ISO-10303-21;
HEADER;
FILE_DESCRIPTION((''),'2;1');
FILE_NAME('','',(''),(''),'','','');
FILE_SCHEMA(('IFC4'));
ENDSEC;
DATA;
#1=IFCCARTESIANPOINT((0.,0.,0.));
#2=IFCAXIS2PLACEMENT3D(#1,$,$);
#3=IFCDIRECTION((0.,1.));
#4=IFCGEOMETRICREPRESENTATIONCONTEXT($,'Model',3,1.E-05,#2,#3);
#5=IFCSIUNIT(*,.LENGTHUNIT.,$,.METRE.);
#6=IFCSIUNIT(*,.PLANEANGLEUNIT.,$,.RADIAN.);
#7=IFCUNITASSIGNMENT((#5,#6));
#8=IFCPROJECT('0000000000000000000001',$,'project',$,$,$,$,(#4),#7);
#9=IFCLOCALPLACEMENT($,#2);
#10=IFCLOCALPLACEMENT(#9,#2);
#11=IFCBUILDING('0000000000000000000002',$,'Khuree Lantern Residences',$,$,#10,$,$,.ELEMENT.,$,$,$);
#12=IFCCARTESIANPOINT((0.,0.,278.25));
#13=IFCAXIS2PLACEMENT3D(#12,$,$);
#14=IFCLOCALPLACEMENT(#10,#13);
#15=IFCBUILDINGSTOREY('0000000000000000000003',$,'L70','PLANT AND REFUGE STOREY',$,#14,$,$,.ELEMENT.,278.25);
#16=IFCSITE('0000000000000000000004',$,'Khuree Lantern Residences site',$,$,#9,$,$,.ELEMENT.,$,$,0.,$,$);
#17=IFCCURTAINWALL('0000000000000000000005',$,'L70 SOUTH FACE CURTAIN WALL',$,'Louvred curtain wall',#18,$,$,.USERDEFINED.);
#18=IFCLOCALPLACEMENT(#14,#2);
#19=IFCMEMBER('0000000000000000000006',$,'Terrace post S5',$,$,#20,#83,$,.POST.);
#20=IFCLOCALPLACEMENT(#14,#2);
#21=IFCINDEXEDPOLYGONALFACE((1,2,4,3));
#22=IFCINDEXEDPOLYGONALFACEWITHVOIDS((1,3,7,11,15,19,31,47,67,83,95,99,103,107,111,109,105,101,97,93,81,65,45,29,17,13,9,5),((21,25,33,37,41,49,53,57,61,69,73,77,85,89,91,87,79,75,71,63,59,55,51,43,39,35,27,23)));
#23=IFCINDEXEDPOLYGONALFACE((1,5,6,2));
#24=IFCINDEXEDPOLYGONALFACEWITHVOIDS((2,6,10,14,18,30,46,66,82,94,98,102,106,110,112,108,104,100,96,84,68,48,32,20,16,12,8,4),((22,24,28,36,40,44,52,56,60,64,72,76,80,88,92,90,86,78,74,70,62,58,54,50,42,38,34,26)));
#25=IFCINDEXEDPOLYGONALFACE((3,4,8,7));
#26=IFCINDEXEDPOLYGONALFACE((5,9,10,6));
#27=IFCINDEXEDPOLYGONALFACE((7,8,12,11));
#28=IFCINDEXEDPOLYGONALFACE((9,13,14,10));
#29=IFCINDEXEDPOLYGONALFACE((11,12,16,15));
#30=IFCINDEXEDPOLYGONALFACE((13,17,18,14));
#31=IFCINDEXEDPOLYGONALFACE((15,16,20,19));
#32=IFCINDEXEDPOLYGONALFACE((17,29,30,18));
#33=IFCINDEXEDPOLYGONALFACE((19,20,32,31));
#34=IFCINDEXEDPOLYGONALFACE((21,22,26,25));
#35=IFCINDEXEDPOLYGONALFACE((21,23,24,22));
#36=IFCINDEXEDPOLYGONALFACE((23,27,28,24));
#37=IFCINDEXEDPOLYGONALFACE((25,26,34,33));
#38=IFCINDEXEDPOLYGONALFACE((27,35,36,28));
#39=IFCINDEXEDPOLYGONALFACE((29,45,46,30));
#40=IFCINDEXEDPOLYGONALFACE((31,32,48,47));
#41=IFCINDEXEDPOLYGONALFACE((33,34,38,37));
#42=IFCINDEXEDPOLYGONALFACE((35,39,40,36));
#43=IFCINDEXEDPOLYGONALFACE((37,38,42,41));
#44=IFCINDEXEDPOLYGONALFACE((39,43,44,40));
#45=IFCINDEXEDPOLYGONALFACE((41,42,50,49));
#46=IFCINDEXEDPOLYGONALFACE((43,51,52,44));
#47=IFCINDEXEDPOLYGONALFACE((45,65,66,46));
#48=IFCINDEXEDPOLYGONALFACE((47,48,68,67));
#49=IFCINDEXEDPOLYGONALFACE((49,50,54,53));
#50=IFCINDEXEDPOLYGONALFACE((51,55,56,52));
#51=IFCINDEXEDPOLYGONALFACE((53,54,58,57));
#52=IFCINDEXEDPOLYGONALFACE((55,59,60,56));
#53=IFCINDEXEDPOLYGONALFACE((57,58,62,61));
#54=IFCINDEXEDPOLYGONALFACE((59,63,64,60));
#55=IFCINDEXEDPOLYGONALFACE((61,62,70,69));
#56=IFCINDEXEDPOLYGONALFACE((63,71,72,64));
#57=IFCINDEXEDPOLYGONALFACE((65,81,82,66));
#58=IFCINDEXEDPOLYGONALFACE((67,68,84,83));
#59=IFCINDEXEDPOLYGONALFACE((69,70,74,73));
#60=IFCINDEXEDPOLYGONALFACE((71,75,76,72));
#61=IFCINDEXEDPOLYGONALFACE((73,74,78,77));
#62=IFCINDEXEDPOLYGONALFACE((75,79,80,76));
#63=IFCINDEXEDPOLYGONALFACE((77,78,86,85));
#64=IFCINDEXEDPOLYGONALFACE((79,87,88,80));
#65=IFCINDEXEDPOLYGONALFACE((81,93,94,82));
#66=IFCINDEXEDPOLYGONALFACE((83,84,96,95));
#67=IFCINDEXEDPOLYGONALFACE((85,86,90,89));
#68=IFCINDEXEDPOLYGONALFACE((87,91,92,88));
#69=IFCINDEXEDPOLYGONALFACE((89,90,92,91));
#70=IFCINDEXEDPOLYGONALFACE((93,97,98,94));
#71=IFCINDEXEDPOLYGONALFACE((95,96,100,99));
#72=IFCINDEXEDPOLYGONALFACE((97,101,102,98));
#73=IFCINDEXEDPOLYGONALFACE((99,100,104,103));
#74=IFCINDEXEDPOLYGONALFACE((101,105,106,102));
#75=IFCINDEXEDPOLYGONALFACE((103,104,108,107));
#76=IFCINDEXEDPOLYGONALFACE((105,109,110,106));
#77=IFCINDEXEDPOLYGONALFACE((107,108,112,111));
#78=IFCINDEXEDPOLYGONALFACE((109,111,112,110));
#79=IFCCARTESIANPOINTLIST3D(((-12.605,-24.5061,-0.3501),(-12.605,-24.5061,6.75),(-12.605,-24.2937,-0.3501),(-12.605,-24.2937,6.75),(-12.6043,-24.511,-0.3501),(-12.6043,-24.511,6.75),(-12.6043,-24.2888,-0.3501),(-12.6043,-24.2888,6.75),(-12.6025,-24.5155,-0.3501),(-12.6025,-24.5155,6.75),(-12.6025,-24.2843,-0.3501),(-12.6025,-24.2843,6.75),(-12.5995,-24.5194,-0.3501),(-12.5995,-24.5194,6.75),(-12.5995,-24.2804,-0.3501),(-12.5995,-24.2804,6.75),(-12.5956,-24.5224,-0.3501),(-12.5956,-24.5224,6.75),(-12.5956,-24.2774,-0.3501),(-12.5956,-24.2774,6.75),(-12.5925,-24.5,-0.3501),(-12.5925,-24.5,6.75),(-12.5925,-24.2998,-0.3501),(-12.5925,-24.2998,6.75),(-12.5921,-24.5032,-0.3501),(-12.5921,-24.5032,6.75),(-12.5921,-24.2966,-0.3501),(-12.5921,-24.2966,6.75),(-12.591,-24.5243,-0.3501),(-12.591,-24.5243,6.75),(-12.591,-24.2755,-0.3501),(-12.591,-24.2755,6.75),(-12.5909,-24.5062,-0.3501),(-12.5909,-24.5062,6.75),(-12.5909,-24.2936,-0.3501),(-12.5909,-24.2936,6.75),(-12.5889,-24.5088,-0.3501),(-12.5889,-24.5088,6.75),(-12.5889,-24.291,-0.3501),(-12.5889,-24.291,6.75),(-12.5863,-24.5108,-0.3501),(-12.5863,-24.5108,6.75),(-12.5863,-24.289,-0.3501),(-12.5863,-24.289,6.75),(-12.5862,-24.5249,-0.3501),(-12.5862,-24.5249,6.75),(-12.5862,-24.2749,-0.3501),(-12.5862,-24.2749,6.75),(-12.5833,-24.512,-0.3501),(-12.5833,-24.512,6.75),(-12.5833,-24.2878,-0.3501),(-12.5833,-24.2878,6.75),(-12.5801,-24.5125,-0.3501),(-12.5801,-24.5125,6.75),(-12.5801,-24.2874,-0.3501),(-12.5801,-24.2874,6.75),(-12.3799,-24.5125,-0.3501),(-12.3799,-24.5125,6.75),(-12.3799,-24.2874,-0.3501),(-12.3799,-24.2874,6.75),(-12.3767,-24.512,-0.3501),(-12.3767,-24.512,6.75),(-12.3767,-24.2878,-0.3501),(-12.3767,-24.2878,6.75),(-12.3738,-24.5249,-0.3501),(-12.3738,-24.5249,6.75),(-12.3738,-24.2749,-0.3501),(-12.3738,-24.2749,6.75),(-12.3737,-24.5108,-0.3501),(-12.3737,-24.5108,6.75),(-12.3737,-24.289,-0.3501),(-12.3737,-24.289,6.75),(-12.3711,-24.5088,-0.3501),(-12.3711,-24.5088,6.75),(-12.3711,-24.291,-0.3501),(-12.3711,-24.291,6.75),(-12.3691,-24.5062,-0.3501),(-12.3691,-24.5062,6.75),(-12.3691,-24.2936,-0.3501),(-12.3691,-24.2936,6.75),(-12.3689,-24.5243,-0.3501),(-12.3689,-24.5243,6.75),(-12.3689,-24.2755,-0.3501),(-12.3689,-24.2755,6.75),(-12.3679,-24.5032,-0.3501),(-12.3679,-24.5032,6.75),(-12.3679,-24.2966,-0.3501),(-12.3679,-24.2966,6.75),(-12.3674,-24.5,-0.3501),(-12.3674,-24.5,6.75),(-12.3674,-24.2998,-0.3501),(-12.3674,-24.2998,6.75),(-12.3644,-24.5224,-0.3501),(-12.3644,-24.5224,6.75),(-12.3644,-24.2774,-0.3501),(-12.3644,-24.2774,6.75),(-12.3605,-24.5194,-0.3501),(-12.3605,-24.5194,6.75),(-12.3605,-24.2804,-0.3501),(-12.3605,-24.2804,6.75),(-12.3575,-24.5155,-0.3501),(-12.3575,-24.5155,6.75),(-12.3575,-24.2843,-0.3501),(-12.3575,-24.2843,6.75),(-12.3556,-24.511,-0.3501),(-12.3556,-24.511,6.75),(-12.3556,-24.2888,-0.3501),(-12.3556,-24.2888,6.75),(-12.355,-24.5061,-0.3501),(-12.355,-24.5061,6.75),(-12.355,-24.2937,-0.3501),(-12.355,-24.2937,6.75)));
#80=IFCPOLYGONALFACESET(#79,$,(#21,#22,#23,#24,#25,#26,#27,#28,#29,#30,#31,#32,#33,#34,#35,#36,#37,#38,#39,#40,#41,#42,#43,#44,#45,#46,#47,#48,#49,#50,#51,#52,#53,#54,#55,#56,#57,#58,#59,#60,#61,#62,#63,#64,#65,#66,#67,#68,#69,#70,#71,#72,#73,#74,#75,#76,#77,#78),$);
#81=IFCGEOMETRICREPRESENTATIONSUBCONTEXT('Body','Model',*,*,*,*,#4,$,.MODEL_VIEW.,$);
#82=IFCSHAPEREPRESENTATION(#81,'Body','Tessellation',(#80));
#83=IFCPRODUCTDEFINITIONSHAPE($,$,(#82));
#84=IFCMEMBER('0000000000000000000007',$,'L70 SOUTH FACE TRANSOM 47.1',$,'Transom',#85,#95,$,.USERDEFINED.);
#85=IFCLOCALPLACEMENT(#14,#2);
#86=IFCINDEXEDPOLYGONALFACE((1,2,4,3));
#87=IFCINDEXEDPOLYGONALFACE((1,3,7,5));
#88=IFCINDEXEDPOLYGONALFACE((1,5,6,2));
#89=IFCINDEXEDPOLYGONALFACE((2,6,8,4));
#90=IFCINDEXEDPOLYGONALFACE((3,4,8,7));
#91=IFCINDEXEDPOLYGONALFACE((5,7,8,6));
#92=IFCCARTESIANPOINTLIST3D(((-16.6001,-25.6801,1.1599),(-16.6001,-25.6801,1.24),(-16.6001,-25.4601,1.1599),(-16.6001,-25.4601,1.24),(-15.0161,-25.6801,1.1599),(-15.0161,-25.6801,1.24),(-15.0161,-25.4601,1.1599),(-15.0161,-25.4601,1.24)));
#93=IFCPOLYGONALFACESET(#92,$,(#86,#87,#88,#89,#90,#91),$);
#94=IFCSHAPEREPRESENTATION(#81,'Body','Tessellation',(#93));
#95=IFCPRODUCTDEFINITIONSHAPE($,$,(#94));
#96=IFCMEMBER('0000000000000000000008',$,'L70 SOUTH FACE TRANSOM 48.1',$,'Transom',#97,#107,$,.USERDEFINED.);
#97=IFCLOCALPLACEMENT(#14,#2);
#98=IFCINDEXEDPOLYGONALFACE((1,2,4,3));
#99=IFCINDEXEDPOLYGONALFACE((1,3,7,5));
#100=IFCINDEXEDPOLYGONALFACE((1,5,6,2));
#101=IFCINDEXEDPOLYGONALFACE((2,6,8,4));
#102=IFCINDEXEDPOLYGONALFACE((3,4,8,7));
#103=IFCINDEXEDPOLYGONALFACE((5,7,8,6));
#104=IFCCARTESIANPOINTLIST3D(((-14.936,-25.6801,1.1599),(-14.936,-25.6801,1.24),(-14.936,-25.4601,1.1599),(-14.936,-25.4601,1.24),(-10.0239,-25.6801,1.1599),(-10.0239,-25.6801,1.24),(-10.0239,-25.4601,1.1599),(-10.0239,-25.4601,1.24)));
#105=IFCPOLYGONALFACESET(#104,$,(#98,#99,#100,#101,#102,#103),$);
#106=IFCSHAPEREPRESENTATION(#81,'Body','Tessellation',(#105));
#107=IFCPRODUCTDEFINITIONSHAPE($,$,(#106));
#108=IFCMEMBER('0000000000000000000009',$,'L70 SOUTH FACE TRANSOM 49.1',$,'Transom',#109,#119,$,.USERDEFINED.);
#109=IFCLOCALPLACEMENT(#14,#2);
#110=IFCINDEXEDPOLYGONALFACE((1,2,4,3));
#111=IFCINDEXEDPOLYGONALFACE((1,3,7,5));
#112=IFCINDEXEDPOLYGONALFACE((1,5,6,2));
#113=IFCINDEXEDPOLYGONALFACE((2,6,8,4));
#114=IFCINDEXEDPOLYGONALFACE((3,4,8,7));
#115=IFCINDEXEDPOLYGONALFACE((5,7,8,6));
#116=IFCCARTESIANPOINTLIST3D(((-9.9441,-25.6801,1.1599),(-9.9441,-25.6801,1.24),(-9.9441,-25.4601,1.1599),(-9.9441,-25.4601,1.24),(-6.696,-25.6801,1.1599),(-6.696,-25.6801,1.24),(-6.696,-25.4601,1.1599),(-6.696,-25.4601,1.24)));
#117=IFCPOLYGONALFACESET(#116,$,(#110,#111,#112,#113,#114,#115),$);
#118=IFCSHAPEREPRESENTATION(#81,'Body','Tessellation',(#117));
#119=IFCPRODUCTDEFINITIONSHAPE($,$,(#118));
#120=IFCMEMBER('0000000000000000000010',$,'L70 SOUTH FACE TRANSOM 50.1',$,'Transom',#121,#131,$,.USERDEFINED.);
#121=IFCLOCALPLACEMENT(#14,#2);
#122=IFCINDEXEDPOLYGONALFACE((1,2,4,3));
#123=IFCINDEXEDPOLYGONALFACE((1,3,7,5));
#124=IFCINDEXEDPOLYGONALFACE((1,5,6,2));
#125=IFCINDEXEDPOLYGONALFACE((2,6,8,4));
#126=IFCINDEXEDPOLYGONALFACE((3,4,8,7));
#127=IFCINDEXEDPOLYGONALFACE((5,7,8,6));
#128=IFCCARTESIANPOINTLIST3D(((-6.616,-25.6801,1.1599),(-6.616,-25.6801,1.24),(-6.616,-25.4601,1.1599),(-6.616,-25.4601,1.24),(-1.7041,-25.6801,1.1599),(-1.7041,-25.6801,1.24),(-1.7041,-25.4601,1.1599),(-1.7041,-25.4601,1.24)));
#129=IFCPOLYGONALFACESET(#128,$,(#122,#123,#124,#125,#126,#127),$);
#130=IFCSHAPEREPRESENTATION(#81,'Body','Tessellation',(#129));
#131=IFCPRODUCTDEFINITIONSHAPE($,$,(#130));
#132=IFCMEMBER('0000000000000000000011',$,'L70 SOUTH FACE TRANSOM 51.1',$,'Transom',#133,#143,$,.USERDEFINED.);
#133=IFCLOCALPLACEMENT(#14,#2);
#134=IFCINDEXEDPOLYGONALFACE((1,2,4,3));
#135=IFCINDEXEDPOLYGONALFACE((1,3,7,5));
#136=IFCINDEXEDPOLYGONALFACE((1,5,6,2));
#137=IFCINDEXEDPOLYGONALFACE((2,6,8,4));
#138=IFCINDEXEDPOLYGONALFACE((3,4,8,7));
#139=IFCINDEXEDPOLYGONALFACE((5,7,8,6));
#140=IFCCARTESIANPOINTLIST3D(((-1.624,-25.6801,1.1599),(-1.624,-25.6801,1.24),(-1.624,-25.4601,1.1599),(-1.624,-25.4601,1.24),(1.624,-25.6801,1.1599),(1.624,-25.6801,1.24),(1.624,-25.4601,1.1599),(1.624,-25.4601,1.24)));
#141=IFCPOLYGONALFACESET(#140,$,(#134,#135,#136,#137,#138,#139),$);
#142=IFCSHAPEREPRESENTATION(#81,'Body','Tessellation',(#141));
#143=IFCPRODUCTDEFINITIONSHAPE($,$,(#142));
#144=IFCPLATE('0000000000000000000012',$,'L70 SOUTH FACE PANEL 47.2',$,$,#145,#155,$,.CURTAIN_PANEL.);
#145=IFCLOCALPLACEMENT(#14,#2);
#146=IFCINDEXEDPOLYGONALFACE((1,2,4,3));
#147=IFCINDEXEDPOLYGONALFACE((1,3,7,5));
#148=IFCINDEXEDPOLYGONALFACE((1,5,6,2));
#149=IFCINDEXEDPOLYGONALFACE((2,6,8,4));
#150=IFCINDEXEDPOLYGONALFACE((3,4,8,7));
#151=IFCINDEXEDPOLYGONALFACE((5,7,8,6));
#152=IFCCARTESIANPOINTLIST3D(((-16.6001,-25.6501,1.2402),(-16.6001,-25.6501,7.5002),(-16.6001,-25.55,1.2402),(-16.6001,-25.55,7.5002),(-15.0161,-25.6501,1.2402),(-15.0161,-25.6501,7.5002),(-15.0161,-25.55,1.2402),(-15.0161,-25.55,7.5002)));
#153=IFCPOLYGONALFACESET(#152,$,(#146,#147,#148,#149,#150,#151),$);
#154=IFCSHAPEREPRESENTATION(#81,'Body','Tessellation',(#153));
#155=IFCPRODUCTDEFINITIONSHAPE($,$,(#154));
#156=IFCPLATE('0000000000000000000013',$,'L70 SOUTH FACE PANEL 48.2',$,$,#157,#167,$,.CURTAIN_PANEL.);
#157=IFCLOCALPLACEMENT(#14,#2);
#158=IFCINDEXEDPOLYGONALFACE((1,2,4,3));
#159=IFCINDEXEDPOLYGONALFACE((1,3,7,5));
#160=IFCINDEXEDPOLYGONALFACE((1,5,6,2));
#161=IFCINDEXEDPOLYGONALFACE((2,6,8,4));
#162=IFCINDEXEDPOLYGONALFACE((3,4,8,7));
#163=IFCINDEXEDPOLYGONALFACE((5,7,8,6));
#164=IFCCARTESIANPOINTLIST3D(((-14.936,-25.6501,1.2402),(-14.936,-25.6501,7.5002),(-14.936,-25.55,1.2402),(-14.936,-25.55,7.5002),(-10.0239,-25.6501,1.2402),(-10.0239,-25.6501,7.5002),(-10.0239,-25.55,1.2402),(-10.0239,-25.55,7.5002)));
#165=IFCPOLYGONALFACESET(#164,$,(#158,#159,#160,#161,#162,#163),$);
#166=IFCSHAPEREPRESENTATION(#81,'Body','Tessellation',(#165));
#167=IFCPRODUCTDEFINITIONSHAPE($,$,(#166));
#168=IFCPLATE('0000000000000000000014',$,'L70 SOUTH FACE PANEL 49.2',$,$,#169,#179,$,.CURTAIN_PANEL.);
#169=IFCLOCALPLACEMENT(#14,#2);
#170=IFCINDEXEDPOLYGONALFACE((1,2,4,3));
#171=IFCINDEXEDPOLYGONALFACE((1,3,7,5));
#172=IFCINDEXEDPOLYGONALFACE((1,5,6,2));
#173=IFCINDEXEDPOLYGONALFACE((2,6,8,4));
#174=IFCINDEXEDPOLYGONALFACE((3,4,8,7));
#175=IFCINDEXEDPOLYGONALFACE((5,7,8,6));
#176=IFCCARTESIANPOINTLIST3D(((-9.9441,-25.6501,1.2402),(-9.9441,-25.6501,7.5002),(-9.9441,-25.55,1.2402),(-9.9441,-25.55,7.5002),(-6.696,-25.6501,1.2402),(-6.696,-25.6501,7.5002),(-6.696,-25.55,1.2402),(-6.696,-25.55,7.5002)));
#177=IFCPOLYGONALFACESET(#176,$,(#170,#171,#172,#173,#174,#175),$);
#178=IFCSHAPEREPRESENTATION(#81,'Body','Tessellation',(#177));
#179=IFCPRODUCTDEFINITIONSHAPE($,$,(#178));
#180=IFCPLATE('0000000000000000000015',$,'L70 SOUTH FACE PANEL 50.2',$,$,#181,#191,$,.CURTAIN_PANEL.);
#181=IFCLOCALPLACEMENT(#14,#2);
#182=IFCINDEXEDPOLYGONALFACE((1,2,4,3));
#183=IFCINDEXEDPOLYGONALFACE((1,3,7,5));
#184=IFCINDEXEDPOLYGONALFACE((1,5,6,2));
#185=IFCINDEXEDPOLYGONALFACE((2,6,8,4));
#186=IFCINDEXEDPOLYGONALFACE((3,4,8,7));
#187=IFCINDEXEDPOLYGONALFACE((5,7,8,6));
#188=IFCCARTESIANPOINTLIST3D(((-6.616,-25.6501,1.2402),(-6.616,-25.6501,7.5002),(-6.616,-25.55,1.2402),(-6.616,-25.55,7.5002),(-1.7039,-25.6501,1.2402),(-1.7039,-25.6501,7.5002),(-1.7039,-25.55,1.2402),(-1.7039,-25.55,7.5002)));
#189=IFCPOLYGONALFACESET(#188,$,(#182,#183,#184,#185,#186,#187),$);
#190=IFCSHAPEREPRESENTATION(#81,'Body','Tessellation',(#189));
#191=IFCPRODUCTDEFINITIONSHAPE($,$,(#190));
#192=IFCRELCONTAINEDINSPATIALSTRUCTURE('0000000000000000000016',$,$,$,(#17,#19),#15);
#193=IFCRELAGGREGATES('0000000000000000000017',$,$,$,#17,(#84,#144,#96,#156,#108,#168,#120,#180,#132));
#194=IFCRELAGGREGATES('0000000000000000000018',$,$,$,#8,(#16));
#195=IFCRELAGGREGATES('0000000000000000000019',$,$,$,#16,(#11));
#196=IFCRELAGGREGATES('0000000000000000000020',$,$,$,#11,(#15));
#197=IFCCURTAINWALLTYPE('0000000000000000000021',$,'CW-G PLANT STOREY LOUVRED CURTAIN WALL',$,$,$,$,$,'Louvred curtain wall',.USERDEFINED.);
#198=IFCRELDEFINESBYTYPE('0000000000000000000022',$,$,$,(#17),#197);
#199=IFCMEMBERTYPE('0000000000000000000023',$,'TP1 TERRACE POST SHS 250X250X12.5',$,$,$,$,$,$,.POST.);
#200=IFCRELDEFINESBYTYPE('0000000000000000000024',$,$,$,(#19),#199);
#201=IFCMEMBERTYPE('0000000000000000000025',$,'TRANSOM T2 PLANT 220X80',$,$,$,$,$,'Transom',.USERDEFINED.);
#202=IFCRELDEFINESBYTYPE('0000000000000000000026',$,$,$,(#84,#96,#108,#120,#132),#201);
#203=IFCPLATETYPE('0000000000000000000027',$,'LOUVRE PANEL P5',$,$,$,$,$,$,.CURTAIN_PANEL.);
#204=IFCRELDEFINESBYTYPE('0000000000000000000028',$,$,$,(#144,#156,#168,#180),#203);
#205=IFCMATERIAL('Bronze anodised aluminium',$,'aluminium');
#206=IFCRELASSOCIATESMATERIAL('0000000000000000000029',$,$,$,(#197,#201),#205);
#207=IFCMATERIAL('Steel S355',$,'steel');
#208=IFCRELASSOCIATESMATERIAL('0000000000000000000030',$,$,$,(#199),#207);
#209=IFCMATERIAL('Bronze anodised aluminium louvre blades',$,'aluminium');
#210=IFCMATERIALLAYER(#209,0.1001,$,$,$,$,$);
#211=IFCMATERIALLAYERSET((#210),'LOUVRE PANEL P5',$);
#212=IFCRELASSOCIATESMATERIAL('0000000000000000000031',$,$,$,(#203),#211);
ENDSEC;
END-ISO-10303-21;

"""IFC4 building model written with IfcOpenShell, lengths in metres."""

from ifc_helpers import new_model, si_unit, direction, frame, origin, origin_2d, place, context, subcontext, project, spatial, rectangle, hollow_rectangle, extrude, material, layer, layer_set, material_profile, profile_set, type_object, element, aggregate, save


model = new_model("IFC4")

# Units and contexts
model_context = context("Model", 3, precision=1e-05, world=origin(), true_north=direction((0.0, 1.0)))
body_context = subcontext(model_context, "Body", "Model", "MODEL_VIEW")
ifc_project = project(units=[si_unit("LENGTHUNIT", "METRE"), si_unit("PLANEANGLEUNIT", "RADIAN")], contexts=[model_context])

# Site, building, storey
site_placement = place(None, origin())
site = spatial("IfcSite", under=ifc_project, at=site_placement, Name="Khuree Lantern Residences site", CompositionType="ELEMENT", RefElevation=0.0)
building_placement = place(site_placement, origin())
building = spatial("IfcBuilding", under=site, at=building_placement, Name="Khuree Lantern Residences", CompositionType="ELEMENT")
storey_placement = place(building_placement, frame((0.0, 0.0, 278.25)))
storey = spatial("IfcBuildingStorey", under=building, at=storey_placement, Name="L70", Description="PLANT AND REFUGE STOREY", CompositionType="ELEMENT", Elevation=278.25)

# Shared definitions
ifc_material_1 = material(Name="Steel S355", Category="steel")

# Curtain wall
ifc_material_2 = material(Name="Bronze anodised aluminium", Category="aluminium")
curtain_wall_type = type_object("IfcCurtainWallType", Name="CW-G PLANT STOREY LOUVRED CURTAIN WALL", ElementType="Louvred curtain wall", PredefinedType="USERDEFINED", material=ifc_material_2)
curtain_wall_placement = place(storey_placement, origin())
curtain_wall = element("IfcCurtainWall", 1, at=curtain_wall_placement, inside=storey, type_object=curtain_wall_type, Name="L70 SOUTH FACE CURTAIN WALL", ObjectType="Louvred curtain wall", PredefinedType="USERDEFINED")

# Member
ifc_material_profile_1 = material_profile(ifc_material_1, hollow_rectangle(XDim=0.25, YDim=0.25, WallThickness=0.0125, InnerFilletRadius=0.0125, OuterFilletRadius=0.0188, at=origin_2d()), Name="SHS 250X250X12.5")
ifc_profile_set_1 = profile_set([ifc_material_profile_1], Name="Steel S355")
member_type_1 = type_object("IfcMemberType", Name="TP1 TERRACE POST SHS 250X250X12.5", PredefinedType="POST", material=ifc_profile_set_1)
for number, where, z_axis, x_axis, name in (
    (2, (-12.48, -24.3999, -0.3501), (0.0, 0.0, 1.0), (1.0, 0.0, 0.0), "Terrace post S5"),
):
    element("IfcMember", number, at=place(storey_placement, frame(where, z_axis=z_axis, x_axis=x_axis)), inside=storey, type_object=member_type_1, Name=name, PredefinedType="POST", context=body_context, shape_type="SweptSolid", body=[
        extrude(hollow_rectangle(XDim=0.25, YDim=0.25, WallThickness=0.0125, InnerFilletRadius=0.0125, OuterFilletRadius=0.0188, at=origin_2d()), origin(), (0.0, 0.0, 1.0), 7.1001),
    ])

# Members
ifc_material_profile_2 = material_profile(ifc_material_2, rectangle(XDim=0.22, YDim=0.0801, at=origin_2d()), Name="T2 220X80")
ifc_profile_set_2 = profile_set([ifc_material_profile_2], Name="Bronze anodised aluminium")
member_type_2 = type_object("IfcMemberType", Name="TRANSOM T2 PLANT 220X80", ElementType="Transom", PredefinedType="USERDEFINED", material=ifc_profile_set_2)
member_1_placement = place(storey_placement, frame((-16.6001, -25.5701, 1.2), z_axis=(1.0, 0.0, 0.0), x_axis=(0.0, 1.0, 0.0)))
member_1 = element("IfcMember", 3, at=member_1_placement, type_object=member_type_2, Name="L70 SOUTH FACE TRANSOM 47.1", ObjectType="Transom", PredefinedType="USERDEFINED", context=body_context, shape_type="SweptSolid", body=[
    extrude(rectangle(XDim=0.22, YDim=0.0801, at=origin_2d()), origin(), (0.0, 0.0, 1.0), 1.584),
])
member_2_placement = place(storey_placement, frame((-14.936, -25.5701, 1.2), z_axis=(1.0, 0.0, 0.0), x_axis=(0.0, 1.0, 0.0)))
member_2 = element("IfcMember", 4, at=member_2_placement, type_object=member_type_2, Name="L70 SOUTH FACE TRANSOM 48.1", ObjectType="Transom", PredefinedType="USERDEFINED", context=body_context, shape_type="SweptSolid", body=[
    extrude(rectangle(XDim=0.22, YDim=0.0801, at=origin_2d()), origin(), (0.0, 0.0, 1.0), 4.9121),
])
member_3_placement = place(storey_placement, frame((-9.9441, -25.5701, 1.2), z_axis=(1.0, 0.0, 0.0), x_axis=(0.0, 1.0, 0.0)))
member_3 = element("IfcMember", 5, at=member_3_placement, type_object=member_type_2, Name="L70 SOUTH FACE TRANSOM 49.1", ObjectType="Transom", PredefinedType="USERDEFINED", context=body_context, shape_type="SweptSolid", body=[
    extrude(rectangle(XDim=0.22, YDim=0.0801, at=origin_2d()), origin(), (0.0, 0.0, 1.0), 3.248),
])
member_4_placement = place(storey_placement, frame((-6.616, -25.5701, 1.2), z_axis=(1.0, 0.0, 0.0), x_axis=(0.0, 1.0, 0.0)))
member_4 = element("IfcMember", 6, at=member_4_placement, type_object=member_type_2, Name="L70 SOUTH FACE TRANSOM 50.1", ObjectType="Transom", PredefinedType="USERDEFINED", context=body_context, shape_type="SweptSolid", body=[
    extrude(rectangle(XDim=0.22, YDim=0.0801, at=origin_2d()), origin(), (0.0, 0.0, 1.0), 4.9119),
])
member_5_placement = place(storey_placement, frame((-1.624, -25.5701, 1.2), z_axis=(1.0, 0.0, 0.0), x_axis=(0.0, 1.0, 0.0)))
member_5 = element("IfcMember", 7, at=member_5_placement, type_object=member_type_2, Name="L70 SOUTH FACE TRANSOM 51.1", ObjectType="Transom", PredefinedType="USERDEFINED", context=body_context, shape_type="SweptSolid", body=[
    extrude(rectangle(XDim=0.22, YDim=0.0801, at=origin_2d()), origin(), (0.0, 0.0, 1.0), 3.248),
])

# Plates
ifc_material_3 = material(Name="Bronze anodised aluminium louvre blades", Category="aluminium")
ifc_layer_1 = layer(ifc_material_3, 0.1001)
ifc_layer_set_1 = layer_set([ifc_layer_1], Name="LOUVRE PANEL P5")
plate_type_1 = type_object("IfcPlateType", Name="LOUVRE PANEL P5", PredefinedType="CURTAIN_PANEL", material=ifc_layer_set_1)
plate_1_placement = place(storey_placement, frame((-15.8081, -25.6001, 1.2402), z_axis=(0.0, 0.0, 1.0), x_axis=(1.0, 0.0, 0.0)))
plate_1 = element("IfcPlate", 8, at=plate_1_placement, type_object=plate_type_1, Name="L70 SOUTH FACE PANEL 47.2", PredefinedType="CURTAIN_PANEL", context=body_context, shape_type="SweptSolid", body=[
    extrude(rectangle(XDim=1.584, YDim=0.1001, at=origin_2d()), origin(), (0.0, 0.0, 1.0), 6.26),
])
plate_2_placement = place(storey_placement, frame((-12.48, -25.6001, 1.2402), z_axis=(0.0, 0.0, 1.0), x_axis=(1.0, 0.0, 0.0)))
plate_2 = element("IfcPlate", 9, at=plate_2_placement, type_object=plate_type_1, Name="L70 SOUTH FACE PANEL 48.2", PredefinedType="CURTAIN_PANEL", context=body_context, shape_type="SweptSolid", body=[
    extrude(rectangle(XDim=4.9121, YDim=0.1001, at=origin_2d()), origin(), (0.0, 0.0, 1.0), 6.26),
])
plate_3_placement = place(storey_placement, frame((-8.3201, -25.6001, 1.2402), z_axis=(0.0, 0.0, 1.0), x_axis=(1.0, 0.0, 0.0)))
plate_3 = element("IfcPlate", 10, at=plate_3_placement, type_object=plate_type_1, Name="L70 SOUTH FACE PANEL 49.2", PredefinedType="CURTAIN_PANEL", context=body_context, shape_type="SweptSolid", body=[
    extrude(rectangle(XDim=3.248, YDim=0.1001, at=origin_2d()), origin(), (0.0, 0.0, 1.0), 6.26),
])
plate_4_placement = place(storey_placement, frame((-4.1599, -25.6001, 1.2402), z_axis=(0.0, 0.0, 1.0), x_axis=(1.0, 0.0, 0.0)))
plate_4 = element("IfcPlate", 11, at=plate_4_placement, type_object=plate_type_1, Name="L70 SOUTH FACE PANEL 50.2", PredefinedType="CURTAIN_PANEL", context=body_context, shape_type="SweptSolid", body=[
    extrude(rectangle(XDim=4.9121, YDim=0.1001, at=origin_2d()), origin(), (0.0, 0.0, 1.0), 6.26),
])
aggregate(curtain_wall, [member_1, plate_1, member_2, plate_2, member_3, plate_3, member_4, plate_4, member_5])

save(model, "model.ifc")
